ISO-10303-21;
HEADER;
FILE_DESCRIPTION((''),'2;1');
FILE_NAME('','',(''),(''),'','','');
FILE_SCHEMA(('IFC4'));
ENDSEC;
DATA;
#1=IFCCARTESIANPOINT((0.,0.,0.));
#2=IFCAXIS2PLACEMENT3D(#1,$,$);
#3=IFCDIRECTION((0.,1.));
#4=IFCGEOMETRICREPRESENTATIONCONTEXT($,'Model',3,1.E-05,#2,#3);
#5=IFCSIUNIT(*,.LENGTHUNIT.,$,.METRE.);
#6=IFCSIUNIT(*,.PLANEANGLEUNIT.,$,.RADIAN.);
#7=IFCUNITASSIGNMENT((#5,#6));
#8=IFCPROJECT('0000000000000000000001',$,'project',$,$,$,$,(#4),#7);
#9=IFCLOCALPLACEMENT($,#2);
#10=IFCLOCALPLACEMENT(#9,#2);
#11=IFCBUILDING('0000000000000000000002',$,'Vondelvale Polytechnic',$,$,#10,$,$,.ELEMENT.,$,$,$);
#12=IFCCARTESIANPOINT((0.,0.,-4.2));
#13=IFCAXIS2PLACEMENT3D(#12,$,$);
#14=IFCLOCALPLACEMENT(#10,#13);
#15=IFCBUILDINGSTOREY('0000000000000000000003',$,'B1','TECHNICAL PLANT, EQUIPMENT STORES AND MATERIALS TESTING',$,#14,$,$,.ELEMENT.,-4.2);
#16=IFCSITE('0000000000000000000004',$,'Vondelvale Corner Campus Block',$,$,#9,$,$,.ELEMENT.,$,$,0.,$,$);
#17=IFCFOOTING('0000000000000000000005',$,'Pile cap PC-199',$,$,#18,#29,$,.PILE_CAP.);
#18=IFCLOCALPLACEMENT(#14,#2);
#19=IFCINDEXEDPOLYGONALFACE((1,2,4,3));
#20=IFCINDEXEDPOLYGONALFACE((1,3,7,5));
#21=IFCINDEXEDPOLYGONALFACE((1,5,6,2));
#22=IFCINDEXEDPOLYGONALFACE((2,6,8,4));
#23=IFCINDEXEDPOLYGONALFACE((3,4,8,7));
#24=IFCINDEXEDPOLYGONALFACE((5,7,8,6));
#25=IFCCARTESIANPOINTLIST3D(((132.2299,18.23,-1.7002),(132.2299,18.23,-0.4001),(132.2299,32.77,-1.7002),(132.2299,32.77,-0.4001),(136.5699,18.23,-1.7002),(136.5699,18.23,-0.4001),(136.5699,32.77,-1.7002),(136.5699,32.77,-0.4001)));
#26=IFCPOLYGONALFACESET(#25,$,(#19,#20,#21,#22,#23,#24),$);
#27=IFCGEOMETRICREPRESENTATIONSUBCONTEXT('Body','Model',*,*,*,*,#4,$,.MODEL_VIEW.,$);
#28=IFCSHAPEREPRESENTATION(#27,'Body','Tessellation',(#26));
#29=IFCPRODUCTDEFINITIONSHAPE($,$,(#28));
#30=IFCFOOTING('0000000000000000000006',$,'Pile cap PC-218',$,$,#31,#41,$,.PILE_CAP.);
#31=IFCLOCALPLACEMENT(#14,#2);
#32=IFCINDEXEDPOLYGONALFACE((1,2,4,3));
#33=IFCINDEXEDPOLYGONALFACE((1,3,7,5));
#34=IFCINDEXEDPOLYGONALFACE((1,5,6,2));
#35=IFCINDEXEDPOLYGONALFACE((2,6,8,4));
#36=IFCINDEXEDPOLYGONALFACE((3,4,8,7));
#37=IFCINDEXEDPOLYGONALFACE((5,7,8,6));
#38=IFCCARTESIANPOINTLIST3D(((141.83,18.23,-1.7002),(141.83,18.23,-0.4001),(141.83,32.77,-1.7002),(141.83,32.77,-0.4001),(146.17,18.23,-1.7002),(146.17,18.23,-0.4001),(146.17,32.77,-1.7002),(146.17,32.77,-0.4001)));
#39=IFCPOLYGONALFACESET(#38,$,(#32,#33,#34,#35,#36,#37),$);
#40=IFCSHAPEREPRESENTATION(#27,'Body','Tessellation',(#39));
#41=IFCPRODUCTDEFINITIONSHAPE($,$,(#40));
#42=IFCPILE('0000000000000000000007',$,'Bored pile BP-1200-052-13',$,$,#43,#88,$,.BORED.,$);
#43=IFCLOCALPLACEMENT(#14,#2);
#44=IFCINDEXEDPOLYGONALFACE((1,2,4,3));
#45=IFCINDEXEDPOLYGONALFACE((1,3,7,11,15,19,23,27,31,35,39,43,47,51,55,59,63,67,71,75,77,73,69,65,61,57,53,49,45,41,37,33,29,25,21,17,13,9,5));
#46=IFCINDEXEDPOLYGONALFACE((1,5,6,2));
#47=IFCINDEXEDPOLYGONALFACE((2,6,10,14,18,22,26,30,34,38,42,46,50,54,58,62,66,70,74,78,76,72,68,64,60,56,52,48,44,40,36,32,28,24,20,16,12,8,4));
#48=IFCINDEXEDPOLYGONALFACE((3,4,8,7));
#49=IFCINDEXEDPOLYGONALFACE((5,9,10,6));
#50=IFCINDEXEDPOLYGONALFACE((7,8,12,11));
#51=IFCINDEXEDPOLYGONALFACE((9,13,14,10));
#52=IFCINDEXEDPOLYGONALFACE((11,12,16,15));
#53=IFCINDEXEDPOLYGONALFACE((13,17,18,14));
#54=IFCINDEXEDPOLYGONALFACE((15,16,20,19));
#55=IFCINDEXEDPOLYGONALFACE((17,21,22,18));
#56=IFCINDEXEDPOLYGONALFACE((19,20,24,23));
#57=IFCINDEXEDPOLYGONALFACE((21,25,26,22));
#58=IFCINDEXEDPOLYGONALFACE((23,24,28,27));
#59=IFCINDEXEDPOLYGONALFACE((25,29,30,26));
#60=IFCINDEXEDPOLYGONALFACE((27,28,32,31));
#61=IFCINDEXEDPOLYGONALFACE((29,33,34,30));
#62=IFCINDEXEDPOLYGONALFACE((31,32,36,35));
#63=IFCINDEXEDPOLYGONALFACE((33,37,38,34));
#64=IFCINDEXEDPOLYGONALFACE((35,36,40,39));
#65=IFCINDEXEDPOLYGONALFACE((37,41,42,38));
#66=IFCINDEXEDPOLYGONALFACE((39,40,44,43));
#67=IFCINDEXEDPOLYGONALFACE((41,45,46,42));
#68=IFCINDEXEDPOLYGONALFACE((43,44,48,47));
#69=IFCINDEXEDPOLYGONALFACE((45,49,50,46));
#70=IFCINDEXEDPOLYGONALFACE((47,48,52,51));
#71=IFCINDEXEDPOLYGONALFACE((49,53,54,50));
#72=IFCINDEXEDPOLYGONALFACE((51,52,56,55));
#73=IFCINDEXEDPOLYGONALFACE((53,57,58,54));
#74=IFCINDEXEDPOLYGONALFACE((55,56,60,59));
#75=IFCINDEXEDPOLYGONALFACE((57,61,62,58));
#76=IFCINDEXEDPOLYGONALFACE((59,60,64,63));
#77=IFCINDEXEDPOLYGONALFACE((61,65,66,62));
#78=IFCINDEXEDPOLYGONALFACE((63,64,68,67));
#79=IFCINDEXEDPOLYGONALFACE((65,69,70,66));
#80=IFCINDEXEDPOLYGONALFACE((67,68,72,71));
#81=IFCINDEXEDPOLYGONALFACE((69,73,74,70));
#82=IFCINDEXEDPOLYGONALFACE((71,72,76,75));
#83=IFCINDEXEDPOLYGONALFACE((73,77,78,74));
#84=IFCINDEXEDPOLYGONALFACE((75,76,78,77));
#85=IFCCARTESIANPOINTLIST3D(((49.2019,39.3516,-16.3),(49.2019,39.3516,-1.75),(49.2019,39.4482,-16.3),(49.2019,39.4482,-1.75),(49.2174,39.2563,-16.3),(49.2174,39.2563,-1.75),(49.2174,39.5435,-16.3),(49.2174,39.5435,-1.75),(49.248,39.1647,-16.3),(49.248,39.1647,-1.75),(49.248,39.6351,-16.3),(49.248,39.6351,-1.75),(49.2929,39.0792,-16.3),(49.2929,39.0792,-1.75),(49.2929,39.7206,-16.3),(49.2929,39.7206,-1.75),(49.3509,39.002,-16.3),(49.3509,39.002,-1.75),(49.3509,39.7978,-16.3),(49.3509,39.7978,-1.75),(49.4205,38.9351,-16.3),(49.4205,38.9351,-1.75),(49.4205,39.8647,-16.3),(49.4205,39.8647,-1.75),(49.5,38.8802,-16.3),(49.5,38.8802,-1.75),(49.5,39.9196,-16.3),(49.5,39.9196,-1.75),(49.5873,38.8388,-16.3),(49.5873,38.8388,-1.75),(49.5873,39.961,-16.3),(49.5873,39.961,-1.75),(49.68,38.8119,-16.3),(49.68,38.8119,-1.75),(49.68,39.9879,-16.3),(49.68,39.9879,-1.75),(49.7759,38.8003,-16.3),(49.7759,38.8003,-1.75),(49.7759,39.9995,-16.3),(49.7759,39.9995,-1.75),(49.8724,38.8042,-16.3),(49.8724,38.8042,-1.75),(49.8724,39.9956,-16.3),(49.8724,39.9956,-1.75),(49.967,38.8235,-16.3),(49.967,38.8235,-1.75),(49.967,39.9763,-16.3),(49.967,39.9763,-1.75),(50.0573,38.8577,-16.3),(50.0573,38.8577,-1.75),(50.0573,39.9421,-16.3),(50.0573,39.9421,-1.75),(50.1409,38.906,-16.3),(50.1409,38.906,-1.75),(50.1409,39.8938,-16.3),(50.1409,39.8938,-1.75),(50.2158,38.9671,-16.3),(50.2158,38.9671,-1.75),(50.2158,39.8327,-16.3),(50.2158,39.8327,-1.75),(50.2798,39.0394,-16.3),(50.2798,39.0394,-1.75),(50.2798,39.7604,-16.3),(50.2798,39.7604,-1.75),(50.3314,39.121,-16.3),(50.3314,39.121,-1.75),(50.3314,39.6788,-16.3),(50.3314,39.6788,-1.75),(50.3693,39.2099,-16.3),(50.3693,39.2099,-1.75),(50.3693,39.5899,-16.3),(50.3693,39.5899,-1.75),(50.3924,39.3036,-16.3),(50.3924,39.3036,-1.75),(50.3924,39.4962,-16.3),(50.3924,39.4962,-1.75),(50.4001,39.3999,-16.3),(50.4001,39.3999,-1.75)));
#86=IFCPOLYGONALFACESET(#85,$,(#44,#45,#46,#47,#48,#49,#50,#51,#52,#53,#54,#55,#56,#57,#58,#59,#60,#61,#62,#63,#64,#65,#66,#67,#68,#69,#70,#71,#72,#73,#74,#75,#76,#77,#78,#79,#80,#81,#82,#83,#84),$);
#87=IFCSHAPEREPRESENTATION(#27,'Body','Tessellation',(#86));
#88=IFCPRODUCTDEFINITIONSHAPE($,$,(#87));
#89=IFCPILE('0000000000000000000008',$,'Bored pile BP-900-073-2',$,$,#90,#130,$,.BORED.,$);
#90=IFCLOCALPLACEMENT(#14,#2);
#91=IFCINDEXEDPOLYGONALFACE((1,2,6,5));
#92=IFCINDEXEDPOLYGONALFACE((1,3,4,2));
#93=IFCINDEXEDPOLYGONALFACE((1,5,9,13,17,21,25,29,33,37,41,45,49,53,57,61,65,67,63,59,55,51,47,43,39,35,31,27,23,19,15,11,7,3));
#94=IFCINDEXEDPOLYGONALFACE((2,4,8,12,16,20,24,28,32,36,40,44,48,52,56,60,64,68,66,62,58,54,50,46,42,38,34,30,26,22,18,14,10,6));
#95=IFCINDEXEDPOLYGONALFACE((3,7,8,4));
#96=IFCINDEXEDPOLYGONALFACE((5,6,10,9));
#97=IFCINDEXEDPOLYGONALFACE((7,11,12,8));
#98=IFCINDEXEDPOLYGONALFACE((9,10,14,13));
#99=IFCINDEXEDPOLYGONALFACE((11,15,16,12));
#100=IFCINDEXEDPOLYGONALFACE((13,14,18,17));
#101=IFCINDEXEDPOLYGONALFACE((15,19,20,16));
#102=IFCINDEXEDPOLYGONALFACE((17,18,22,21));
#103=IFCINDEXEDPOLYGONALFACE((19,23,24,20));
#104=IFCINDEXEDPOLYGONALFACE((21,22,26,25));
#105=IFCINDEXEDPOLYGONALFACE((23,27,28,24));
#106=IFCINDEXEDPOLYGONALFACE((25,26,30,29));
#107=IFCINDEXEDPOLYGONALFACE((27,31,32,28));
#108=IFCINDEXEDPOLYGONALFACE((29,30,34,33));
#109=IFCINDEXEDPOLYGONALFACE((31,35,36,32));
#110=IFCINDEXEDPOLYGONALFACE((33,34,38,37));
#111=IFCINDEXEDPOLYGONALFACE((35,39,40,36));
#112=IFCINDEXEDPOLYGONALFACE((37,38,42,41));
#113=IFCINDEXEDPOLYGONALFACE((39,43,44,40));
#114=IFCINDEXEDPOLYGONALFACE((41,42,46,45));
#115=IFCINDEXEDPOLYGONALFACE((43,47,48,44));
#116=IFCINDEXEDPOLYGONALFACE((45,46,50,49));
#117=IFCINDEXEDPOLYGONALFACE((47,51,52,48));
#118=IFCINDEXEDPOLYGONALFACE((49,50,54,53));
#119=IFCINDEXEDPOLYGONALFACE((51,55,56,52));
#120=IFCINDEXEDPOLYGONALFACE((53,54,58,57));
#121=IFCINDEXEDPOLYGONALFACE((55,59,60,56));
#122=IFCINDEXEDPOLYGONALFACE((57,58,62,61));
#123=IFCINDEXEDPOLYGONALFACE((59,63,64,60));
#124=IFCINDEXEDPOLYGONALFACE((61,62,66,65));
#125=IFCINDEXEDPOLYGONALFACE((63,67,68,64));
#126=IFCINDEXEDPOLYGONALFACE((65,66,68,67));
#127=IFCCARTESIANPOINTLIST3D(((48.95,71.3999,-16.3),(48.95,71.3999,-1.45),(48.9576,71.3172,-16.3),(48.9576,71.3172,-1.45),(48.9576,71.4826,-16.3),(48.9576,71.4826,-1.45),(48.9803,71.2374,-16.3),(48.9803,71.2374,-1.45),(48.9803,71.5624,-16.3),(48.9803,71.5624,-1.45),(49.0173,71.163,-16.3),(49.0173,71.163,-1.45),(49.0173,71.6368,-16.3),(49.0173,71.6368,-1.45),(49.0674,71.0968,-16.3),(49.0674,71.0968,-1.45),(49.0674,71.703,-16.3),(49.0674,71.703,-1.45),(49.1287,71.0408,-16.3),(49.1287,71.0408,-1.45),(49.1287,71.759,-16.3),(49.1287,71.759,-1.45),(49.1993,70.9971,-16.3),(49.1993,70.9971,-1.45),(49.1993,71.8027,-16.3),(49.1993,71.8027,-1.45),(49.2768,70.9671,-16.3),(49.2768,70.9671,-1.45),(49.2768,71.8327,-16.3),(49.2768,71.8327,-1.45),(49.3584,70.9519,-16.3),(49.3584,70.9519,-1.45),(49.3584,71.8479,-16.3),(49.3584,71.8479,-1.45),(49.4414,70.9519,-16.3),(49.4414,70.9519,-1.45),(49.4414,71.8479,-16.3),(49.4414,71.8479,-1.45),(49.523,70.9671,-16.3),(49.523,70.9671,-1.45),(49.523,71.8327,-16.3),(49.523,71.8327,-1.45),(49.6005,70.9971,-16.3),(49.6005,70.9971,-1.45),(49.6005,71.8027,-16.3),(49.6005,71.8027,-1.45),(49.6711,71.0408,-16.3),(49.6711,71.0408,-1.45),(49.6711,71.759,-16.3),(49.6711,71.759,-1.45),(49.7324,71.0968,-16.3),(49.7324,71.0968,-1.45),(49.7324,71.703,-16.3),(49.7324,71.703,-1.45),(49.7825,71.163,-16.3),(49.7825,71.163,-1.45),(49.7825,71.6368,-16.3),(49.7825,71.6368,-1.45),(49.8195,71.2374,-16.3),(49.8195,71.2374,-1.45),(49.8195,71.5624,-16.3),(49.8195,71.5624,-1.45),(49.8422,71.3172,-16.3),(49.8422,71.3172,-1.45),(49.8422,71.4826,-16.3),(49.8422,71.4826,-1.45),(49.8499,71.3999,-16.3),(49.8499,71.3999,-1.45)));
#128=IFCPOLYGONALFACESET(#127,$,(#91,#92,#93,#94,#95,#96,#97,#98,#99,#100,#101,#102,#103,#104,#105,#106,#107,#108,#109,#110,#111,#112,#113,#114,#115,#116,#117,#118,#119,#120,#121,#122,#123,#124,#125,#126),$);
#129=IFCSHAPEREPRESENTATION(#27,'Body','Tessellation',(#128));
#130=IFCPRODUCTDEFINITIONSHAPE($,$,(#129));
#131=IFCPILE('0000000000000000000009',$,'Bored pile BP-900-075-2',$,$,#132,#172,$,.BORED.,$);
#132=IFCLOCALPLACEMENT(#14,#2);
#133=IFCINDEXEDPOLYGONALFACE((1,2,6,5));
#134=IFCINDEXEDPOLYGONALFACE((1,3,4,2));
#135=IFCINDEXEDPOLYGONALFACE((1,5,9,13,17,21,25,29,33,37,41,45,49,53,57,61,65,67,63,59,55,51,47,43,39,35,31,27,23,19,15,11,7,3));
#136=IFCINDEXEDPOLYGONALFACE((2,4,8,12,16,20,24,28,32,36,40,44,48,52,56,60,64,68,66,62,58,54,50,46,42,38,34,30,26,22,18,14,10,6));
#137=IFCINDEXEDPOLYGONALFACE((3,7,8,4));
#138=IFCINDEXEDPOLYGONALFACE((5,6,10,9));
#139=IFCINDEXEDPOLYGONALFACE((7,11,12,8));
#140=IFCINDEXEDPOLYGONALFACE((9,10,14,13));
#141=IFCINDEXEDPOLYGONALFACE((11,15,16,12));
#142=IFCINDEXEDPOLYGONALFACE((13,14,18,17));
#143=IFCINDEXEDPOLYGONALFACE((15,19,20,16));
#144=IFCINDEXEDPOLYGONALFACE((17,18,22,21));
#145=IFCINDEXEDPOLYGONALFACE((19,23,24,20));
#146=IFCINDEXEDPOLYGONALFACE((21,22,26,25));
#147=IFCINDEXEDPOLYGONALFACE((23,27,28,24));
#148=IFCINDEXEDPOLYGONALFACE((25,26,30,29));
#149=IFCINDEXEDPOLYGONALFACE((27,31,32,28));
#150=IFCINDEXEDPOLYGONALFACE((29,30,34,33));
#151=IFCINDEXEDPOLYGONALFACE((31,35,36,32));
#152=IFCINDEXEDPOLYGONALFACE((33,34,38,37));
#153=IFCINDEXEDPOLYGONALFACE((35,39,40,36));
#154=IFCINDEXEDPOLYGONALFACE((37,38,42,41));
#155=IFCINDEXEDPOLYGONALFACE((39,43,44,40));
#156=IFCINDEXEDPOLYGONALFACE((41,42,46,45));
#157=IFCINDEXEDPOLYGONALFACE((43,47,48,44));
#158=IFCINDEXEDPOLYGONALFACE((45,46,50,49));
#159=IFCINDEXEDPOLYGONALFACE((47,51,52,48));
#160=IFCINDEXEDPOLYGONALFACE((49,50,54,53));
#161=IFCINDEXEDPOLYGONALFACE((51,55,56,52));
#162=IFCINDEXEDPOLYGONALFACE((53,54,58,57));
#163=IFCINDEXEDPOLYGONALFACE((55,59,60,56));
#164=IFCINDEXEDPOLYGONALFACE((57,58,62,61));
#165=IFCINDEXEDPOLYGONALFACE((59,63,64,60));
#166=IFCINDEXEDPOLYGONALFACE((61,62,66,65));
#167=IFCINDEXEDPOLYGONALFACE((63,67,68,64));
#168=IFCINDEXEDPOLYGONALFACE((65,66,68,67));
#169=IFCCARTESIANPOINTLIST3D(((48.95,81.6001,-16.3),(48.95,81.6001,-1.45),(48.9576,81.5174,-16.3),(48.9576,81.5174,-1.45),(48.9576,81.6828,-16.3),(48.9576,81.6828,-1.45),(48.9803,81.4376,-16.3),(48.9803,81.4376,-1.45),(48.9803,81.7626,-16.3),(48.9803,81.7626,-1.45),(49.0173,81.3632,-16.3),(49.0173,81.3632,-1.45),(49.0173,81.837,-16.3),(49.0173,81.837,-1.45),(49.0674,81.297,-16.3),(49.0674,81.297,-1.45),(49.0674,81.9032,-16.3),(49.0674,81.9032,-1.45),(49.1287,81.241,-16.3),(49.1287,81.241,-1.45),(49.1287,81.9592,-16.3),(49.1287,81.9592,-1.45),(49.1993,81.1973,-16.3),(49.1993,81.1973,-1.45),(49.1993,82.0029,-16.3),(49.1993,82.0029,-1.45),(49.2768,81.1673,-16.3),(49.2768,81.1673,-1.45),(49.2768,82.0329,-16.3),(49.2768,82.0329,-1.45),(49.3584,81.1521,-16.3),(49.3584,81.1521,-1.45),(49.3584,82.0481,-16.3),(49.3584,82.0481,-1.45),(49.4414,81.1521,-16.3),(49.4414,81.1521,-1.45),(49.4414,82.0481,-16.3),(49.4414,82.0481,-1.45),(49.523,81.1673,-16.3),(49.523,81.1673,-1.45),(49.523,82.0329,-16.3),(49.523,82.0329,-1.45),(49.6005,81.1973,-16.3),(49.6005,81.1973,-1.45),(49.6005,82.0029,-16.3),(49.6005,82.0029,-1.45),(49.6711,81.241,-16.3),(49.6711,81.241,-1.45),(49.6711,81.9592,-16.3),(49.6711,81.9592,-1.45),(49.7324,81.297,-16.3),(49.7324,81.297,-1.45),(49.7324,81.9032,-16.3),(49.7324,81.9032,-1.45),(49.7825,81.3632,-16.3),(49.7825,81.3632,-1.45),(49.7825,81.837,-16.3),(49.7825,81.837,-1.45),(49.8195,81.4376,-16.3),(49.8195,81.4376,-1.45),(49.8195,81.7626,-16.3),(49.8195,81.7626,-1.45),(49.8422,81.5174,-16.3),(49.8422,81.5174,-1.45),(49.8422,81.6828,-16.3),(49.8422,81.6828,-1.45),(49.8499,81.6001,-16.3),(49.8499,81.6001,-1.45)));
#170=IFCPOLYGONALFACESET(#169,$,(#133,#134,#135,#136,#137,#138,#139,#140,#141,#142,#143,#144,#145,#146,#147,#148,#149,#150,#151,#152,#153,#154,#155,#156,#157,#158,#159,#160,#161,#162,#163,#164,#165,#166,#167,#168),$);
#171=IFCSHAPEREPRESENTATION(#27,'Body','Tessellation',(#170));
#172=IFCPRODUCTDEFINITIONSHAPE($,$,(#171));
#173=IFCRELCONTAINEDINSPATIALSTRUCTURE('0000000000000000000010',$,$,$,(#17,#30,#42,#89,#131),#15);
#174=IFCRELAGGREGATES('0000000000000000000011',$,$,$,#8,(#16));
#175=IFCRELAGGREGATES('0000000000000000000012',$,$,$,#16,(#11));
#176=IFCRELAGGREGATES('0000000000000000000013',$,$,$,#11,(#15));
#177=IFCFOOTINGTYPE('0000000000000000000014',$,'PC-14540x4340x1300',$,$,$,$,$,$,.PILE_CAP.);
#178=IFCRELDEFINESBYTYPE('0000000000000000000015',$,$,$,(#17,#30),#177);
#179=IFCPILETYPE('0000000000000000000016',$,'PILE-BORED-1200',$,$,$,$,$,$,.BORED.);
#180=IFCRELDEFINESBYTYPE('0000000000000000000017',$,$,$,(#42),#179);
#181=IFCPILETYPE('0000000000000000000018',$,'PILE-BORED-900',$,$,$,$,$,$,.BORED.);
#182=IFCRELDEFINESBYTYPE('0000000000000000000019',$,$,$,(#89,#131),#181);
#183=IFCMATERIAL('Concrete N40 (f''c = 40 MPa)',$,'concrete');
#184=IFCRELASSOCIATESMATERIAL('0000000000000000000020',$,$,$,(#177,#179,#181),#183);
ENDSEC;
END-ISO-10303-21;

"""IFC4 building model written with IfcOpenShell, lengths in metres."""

from ifc_helpers import new_model, si_unit, direction, frame, origin, origin_2d, place, context, subcontext, project, spatial, rectangle, circle, extrude, material, material_profile, profile_set, type_object, element, save


model = new_model("IFC4")

# Units and contexts
model_context = context("Model", 3, precision=1e-05, world=origin(), true_north=direction((0.0, 1.0)))
body_context = subcontext(model_context, "Body", "Model", "MODEL_VIEW")
ifc_project = project(units=[si_unit("LENGTHUNIT", "METRE"), si_unit("PLANEANGLEUNIT", "RADIAN")], contexts=[model_context])

# Site, building, storey
site_placement = place(None, origin())
site = spatial("IfcSite", under=ifc_project, at=site_placement, Name="Vondelvale Corner Campus Block", CompositionType="ELEMENT", RefElevation=0.0)
building_placement = place(site_placement, origin())
building = spatial("IfcBuilding", under=site, at=building_placement, Name="Vondelvale Polytechnic", CompositionType="ELEMENT")
storey_placement = place(building_placement, frame((0.0, 0.0, -4.2)))
storey = spatial("IfcBuildingStorey", under=building, at=storey_placement, Name="B1", Description="TECHNICAL PLANT, EQUIPMENT STORES AND MATERIALS TESTING", CompositionType="ELEMENT", Elevation=-4.2)

# Footings
ifc_material_1 = material(Name="Concrete N40 (f'c = 40 MPa)", Category="concrete")
footing_type = type_object("IfcFootingType", Name="PC-14540x4340x1300", PredefinedType="PILE_CAP", material=ifc_material_1)
for number, where, z_axis, x_axis, name in (
    (1, (134.3999, 25.5, -1.7002), (0.0, 0.0, 1.0), (1.0, 0.0, 0.0), "Pile cap PC-199"),
    (2, (144.0, 25.5, -1.7002), (0.0, 0.0, 1.0), (1.0, 0.0, 0.0), "Pile cap PC-218"),
):
    element("IfcFooting", number, at=place(storey_placement, frame(where, z_axis=z_axis, x_axis=x_axis)), inside=storey, type_object=footing_type, Name=name, PredefinedType="PILE_CAP", context=body_context, shape_type="SweptSolid", body=[
        extrude(rectangle(XDim=4.3401, YDim=14.54, at=origin_2d()), origin(), (0.0, 0.0, 1.0), 1.3),
    ])

# Piles
ifc_material_profile_1 = material_profile(ifc_material_1, circle(Radius=0.6001, at=origin_2d()), Name="PILE-D1200")
ifc_profile_set_1 = profile_set([ifc_material_profile_1], Name="Concrete N40 (f'c = 40 MPa)")
pile_type_1 = type_object("IfcPileType", Name="PILE-BORED-1200", PredefinedType="BORED", material=ifc_profile_set_1)
pile_placement = place(storey_placement, frame((49.8, 39.3999, -1.75), z_axis=(0.0, 0.0, -1.0), x_axis=(1.0, 0.0, 0.0)))
element("IfcPile", 3, at=pile_placement, inside=storey, type_object=pile_type_1, Name="Bored pile BP-1200-052-13", PredefinedType="BORED", context=body_context, shape_type="SweptSolid", body=[
    extrude(circle(Radius=0.6001, at=origin_2d()), origin(), (0.0, 0.0, 1.0), 14.55),
])
ifc_material_profile_2 = material_profile(ifc_material_1, circle(Radius=0.45, at=origin_2d()), Name="PILE-D900")
ifc_profile_set_2 = profile_set([ifc_material_profile_2], Name="Concrete N40 (f'c = 40 MPa)")
pile_type_2 = type_object("IfcPileType", Name="PILE-BORED-900", PredefinedType="BORED", material=ifc_profile_set_2)
for number, where, z_axis, x_axis, name in (
    (4, (49.3999, 71.3999, -1.45), (0.0, 0.0, -1.0), (1.0, 0.0, 0.0), "Bored pile BP-900-073-2"),
    (5, (49.3999, 81.6001, -1.45), (0.0, 0.0, -1.0), (1.0, 0.0, 0.0), "Bored pile BP-900-075-2"),
):
    element("IfcPile", number, at=place(storey_placement, frame(where, z_axis=z_axis, x_axis=x_axis)), inside=storey, type_object=pile_type_2, Name=name, PredefinedType="BORED", context=body_context, shape_type="SweptSolid", body=[
        extrude(circle(Radius=0.45, at=origin_2d()), origin(), (0.0, 0.0, 1.0), 14.8501),
    ])

save(model, "model.ifc")
